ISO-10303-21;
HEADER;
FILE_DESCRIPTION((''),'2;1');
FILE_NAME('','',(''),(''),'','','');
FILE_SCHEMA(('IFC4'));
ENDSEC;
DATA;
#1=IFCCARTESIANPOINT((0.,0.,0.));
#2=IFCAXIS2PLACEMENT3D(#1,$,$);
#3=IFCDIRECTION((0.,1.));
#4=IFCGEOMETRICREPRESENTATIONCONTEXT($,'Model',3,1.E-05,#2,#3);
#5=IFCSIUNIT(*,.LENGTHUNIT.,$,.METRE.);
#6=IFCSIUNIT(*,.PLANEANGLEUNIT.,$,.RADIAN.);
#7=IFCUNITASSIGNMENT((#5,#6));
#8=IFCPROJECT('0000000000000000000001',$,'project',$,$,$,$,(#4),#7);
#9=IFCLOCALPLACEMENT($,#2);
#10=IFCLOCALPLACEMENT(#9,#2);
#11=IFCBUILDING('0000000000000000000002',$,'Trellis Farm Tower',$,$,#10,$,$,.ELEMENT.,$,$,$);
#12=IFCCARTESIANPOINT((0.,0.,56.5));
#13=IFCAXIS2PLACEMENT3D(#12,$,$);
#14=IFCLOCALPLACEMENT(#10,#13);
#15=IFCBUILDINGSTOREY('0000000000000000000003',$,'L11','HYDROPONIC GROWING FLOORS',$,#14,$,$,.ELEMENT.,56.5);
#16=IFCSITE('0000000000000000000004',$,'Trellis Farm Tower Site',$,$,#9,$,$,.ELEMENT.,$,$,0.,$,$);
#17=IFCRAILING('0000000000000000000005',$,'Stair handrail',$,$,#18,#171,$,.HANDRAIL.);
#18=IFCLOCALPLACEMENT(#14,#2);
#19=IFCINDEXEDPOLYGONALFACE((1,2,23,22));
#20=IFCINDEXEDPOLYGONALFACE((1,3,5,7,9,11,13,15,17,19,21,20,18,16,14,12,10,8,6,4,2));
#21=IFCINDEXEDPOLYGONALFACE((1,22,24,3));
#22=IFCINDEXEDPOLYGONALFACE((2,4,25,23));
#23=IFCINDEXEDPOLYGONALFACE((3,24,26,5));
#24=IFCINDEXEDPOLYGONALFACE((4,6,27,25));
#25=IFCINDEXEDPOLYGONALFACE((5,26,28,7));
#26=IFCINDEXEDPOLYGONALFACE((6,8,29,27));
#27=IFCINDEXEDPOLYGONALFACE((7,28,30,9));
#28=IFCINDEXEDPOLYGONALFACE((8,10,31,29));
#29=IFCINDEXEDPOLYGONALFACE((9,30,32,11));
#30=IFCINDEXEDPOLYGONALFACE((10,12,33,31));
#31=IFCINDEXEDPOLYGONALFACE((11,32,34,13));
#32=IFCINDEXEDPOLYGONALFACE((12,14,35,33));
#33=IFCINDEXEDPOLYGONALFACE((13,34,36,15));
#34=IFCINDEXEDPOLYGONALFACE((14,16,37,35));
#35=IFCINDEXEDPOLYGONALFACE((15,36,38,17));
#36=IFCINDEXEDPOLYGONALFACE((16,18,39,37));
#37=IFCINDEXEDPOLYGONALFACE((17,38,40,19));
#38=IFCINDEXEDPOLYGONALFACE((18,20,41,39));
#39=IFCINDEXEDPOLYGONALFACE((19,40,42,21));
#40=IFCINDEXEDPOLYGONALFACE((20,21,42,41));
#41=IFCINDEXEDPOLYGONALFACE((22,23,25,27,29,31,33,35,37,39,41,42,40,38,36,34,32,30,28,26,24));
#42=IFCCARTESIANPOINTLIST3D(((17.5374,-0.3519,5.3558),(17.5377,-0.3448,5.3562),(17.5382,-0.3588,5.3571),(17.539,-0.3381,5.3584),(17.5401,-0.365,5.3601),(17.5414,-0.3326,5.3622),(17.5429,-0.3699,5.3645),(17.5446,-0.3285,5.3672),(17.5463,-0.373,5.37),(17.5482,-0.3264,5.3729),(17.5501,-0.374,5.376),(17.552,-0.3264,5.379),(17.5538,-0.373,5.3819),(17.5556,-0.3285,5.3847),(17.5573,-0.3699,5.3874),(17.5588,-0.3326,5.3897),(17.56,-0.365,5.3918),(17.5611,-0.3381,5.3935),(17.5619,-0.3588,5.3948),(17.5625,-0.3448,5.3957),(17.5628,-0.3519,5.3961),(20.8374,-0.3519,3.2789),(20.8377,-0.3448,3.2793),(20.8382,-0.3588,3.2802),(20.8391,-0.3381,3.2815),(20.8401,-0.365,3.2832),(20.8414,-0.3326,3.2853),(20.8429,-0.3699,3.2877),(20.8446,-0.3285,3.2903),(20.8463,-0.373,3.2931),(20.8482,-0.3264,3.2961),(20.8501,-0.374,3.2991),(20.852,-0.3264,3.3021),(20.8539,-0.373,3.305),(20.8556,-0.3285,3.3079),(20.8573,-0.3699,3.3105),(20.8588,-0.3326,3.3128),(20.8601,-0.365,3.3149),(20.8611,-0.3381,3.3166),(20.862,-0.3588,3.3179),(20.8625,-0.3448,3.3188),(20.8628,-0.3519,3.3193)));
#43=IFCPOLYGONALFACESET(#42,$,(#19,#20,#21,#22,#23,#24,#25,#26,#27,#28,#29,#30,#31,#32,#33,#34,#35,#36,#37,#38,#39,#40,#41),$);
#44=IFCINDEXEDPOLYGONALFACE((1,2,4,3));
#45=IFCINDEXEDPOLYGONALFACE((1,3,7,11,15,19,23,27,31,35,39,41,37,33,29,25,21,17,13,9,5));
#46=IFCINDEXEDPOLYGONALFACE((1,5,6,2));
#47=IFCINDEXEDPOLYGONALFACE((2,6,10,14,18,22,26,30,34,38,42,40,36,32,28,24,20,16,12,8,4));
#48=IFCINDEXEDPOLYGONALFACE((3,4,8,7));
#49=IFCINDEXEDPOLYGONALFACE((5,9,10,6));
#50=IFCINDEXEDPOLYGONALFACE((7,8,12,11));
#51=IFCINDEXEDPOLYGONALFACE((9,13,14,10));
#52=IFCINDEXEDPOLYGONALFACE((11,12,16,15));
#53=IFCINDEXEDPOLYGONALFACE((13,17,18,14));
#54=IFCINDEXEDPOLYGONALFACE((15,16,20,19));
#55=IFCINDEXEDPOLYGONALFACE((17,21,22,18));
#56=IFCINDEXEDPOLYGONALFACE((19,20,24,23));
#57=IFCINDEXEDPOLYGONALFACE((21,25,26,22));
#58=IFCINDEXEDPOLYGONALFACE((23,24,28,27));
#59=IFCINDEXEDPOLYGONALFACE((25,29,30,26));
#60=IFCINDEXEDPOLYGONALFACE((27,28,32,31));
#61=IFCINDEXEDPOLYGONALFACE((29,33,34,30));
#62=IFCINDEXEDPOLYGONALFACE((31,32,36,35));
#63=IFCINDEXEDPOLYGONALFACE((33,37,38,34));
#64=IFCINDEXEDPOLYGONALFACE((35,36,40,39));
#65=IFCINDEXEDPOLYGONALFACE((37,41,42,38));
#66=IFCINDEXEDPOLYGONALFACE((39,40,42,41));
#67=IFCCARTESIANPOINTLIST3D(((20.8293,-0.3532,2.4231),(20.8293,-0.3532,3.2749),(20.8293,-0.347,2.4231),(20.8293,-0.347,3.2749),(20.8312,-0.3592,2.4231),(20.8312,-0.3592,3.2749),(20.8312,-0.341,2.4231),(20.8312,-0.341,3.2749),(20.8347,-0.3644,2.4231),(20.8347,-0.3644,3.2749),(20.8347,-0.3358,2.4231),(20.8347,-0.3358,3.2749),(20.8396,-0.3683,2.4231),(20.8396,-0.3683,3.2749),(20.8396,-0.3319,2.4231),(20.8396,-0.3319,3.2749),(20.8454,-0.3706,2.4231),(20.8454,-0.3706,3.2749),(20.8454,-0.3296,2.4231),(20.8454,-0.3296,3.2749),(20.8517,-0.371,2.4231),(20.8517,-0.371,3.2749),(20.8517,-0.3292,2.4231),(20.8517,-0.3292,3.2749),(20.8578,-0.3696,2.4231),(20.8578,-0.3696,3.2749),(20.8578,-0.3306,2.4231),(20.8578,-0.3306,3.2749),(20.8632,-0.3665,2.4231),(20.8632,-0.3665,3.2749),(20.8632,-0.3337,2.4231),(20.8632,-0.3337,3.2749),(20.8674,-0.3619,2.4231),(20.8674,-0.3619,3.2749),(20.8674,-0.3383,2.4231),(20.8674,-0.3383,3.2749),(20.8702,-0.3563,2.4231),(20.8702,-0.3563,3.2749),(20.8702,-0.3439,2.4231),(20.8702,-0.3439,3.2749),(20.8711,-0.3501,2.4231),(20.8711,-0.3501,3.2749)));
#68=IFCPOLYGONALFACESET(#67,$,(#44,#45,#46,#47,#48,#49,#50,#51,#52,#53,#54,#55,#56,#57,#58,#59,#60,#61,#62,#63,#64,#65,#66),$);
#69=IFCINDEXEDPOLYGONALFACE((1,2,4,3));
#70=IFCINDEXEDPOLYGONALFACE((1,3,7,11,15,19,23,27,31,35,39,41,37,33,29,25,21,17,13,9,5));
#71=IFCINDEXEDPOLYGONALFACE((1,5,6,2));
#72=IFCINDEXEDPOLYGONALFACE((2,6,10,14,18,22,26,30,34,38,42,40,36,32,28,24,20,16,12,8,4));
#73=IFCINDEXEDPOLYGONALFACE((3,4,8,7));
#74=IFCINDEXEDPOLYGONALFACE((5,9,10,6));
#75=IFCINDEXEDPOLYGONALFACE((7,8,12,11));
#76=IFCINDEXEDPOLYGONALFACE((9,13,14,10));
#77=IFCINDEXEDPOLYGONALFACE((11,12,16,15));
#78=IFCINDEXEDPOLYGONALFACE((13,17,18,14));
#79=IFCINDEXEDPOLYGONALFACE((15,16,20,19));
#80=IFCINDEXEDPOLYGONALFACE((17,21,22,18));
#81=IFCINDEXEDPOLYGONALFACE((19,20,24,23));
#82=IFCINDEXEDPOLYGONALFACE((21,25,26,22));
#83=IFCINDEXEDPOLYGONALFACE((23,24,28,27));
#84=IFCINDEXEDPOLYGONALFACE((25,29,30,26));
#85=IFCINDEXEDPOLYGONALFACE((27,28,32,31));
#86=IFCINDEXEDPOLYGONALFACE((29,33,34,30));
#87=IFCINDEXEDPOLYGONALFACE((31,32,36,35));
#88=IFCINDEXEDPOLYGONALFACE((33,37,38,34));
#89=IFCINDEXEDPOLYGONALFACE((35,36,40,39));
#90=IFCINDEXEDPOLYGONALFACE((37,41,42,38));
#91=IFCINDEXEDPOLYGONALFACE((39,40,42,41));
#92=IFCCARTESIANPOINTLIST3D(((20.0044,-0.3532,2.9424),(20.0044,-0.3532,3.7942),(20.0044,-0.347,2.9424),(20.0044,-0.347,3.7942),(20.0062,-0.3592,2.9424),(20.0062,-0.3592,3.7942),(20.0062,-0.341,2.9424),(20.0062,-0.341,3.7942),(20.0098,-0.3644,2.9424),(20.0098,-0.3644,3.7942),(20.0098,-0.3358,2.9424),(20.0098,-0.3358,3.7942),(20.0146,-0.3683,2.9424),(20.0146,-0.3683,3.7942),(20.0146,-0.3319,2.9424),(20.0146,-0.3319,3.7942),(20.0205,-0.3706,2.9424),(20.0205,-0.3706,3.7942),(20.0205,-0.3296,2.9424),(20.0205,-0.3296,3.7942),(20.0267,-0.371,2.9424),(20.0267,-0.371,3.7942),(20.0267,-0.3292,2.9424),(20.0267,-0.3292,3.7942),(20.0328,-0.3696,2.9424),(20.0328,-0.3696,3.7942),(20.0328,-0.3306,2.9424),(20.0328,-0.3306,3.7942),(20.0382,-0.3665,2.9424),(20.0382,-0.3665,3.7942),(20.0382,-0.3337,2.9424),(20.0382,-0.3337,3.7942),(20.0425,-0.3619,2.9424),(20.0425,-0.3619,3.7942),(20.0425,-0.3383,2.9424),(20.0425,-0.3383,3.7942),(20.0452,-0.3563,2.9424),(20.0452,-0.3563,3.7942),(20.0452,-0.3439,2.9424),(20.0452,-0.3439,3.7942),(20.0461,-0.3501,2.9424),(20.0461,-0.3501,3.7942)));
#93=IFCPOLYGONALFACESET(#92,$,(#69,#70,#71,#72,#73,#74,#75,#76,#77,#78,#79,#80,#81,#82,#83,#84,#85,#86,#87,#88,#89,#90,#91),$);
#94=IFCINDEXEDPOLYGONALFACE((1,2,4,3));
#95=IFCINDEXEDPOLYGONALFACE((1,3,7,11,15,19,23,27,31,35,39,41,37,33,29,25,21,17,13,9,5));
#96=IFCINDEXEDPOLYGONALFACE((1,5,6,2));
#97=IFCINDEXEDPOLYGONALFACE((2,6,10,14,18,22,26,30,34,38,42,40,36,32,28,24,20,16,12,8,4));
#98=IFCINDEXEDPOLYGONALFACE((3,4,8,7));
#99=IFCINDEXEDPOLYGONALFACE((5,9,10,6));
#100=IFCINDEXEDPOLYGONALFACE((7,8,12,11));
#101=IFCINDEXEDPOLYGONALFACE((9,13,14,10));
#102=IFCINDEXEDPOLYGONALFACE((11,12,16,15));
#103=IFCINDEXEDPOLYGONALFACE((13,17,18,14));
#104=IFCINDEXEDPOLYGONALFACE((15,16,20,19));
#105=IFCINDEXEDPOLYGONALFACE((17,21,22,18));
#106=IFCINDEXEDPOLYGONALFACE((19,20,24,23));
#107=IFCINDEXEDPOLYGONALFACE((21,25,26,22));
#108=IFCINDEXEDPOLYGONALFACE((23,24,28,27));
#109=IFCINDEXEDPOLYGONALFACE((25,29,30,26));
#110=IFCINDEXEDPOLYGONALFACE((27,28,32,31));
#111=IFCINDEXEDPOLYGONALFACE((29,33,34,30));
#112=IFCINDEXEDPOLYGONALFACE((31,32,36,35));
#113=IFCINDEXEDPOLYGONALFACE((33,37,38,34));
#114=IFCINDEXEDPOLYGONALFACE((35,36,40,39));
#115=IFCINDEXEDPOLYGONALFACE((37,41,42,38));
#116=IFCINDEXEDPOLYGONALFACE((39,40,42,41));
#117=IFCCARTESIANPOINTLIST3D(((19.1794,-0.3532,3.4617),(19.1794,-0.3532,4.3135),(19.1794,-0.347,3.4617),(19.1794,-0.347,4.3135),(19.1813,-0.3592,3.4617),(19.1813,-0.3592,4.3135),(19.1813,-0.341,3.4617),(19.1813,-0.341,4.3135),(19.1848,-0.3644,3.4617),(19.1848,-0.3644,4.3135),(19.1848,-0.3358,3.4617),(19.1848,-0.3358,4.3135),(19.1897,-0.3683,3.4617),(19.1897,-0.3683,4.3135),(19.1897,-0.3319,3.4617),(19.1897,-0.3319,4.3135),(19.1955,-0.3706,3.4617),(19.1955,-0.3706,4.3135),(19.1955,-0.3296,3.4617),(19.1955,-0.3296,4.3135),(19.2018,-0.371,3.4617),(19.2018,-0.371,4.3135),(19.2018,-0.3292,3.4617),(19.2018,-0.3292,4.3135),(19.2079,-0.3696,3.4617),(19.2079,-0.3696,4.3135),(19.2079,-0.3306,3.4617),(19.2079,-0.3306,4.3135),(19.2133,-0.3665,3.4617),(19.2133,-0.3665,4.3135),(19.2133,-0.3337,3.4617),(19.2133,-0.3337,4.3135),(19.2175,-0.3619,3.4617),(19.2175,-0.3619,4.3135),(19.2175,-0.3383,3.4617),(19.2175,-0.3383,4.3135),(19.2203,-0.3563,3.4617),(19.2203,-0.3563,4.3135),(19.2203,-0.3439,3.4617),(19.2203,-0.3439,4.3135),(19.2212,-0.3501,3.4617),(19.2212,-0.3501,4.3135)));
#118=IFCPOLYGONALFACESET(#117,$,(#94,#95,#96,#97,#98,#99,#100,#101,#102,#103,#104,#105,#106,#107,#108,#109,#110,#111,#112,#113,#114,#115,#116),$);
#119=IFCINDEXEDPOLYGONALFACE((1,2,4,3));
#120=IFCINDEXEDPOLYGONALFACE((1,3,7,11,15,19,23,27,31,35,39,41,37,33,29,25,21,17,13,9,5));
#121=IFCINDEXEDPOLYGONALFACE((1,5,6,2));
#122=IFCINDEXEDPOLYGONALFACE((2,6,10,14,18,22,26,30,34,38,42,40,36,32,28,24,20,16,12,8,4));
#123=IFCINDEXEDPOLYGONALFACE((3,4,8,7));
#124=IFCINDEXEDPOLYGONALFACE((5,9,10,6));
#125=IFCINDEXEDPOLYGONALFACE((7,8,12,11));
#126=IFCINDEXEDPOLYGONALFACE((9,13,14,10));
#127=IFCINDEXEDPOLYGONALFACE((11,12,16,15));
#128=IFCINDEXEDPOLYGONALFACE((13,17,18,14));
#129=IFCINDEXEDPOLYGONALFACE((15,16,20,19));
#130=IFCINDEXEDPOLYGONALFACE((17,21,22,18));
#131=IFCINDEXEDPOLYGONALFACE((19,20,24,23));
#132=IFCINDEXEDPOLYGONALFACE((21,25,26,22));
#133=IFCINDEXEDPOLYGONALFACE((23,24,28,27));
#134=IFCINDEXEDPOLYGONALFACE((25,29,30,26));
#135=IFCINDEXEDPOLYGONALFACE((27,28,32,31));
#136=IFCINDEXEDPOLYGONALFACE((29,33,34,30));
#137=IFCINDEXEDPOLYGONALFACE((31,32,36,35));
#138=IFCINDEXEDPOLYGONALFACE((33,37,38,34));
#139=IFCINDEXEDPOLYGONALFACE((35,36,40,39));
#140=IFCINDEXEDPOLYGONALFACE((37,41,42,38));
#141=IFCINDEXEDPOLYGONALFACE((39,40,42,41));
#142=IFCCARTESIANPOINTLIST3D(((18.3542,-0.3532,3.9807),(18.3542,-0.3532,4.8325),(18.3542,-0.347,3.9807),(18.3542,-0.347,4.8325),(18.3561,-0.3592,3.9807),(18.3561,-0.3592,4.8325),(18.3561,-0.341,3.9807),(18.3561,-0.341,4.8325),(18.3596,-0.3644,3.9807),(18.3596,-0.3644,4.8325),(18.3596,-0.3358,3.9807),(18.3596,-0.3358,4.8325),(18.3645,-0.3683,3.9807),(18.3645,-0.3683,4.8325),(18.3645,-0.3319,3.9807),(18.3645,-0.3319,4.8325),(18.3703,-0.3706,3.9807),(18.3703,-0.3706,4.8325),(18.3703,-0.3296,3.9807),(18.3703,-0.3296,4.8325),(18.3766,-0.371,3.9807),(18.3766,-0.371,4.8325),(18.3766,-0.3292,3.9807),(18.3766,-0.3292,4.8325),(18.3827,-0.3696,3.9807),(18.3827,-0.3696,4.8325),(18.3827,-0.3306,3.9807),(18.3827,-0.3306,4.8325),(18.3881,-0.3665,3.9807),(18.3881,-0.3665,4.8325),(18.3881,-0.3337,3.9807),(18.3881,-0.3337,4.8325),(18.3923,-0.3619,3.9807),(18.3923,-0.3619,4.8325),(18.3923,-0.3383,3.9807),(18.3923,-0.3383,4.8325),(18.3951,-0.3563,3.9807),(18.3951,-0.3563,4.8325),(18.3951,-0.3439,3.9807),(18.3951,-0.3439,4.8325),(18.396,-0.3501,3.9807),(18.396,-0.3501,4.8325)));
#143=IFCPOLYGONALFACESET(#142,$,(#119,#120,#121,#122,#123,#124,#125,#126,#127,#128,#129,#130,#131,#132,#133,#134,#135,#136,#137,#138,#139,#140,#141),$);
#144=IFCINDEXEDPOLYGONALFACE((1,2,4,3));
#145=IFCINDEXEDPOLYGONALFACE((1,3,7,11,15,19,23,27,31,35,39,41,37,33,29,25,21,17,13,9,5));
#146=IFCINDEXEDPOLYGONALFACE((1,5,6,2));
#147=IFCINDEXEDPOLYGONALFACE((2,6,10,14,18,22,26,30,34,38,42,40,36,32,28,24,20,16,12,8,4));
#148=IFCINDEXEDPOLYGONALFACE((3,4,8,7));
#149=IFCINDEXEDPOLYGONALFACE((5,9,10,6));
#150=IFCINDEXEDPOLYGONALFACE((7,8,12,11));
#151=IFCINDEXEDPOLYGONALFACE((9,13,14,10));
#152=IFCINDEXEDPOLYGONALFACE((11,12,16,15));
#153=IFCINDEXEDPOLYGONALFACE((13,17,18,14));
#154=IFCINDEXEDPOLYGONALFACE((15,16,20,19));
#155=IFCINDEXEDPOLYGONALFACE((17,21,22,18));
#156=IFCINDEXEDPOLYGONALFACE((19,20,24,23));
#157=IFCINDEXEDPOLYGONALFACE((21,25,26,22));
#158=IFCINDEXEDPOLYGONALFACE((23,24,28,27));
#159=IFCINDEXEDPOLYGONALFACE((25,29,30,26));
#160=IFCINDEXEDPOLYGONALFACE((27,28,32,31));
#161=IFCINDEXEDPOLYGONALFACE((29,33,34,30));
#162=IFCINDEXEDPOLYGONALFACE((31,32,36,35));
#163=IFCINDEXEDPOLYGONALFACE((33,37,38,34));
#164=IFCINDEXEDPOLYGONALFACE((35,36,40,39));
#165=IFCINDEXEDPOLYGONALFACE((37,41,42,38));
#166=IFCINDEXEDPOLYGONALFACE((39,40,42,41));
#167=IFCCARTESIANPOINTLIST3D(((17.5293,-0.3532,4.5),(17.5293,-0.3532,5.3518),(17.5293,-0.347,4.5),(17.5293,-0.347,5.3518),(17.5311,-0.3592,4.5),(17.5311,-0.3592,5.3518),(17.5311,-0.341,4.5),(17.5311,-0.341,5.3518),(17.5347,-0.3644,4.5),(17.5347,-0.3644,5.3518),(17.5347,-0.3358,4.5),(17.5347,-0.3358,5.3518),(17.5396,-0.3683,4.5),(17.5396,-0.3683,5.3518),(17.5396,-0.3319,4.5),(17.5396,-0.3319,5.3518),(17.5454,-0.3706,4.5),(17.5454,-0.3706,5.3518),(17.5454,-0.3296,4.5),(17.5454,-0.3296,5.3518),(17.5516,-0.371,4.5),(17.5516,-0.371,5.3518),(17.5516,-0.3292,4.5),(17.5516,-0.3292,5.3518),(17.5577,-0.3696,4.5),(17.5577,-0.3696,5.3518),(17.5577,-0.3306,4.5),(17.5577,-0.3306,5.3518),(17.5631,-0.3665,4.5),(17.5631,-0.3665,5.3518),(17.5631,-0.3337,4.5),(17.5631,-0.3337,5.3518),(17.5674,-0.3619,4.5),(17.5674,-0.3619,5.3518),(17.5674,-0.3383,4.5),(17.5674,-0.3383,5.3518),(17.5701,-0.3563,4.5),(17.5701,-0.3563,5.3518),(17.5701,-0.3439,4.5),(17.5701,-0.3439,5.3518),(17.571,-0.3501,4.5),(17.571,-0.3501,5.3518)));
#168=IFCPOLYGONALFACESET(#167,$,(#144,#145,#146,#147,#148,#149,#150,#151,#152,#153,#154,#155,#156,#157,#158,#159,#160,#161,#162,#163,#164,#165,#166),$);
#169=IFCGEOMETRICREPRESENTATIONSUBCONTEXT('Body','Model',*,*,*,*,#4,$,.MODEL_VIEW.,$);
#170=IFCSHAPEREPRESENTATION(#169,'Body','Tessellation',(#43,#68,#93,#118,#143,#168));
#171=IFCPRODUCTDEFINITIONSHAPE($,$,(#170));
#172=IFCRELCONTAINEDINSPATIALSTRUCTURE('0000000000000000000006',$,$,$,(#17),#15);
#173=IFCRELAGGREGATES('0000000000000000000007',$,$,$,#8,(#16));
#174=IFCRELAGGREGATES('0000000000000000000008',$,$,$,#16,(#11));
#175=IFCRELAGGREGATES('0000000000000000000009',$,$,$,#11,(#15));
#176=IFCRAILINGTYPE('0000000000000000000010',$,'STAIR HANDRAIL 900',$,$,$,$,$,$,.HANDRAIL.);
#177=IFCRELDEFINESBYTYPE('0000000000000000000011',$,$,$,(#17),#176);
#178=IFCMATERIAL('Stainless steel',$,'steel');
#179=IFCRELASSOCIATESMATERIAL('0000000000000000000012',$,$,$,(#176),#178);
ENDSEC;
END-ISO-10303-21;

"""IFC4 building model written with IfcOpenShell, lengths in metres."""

from ifc_helpers import new_model, si_unit, direction, frame, origin, origin_2d, place, context, subcontext, project, spatial, circle, extrude, source, transform, mapped, material, type_object, element, save


model = new_model("IFC4")

# Units and contexts
model_context = context("Model", 3, precision=1e-05, world=origin(), true_north=direction((0.0, 1.0)))
body_context = subcontext(model_context, "Body", "Model", "MODEL_VIEW")
ifc_project = project(units=[si_unit("LENGTHUNIT", "METRE"), si_unit("PLANEANGLEUNIT", "RADIAN")], contexts=[model_context])

# Site, building, storey
site_placement = place(None, origin())
site = spatial("IfcSite", under=ifc_project, at=site_placement, Name="Trellis Farm Tower Site", CompositionType="ELEMENT", RefElevation=0.0)
building_placement = place(site_placement, origin())
building = spatial("IfcBuilding", under=site, at=building_placement, Name="Trellis Farm Tower", CompositionType="ELEMENT")
storey_placement = place(building_placement, frame((0.0, 0.0, 56.5)))
storey = spatial("IfcBuildingStorey", under=building, at=storey_placement, Name="L11", Description="HYDROPONIC GROWING FLOORS", CompositionType="ELEMENT", Elevation=56.5)

# Shared definitions
ifc_material_1 = material(Name="Stainless steel", Category="steel")

# Railing
railing_type = type_object("IfcRailingType", Name="STAIR HANDRAIL 900", PredefinedType="HANDRAIL", material=ifc_material_1)
shared_shape_1 = source(origin(), body_context, "Body", "SweptSolid", [
    extrude(circle(Radius=0.0239, at=origin_2d()), frame((0.0, 0.0, 0.876), z_axis=(-0.846337, 0.0, 0.532647), x_axis=(0.0, -1.0, 0.0)), (0.0, 0.0, 1.0), 3.8992),
    extrude(circle(Radius=0.021, at=origin_2d()), origin(), (0.0, 0.0, 1.0), 0.8518),
    extrude(circle(Radius=0.021, at=origin_2d()), frame((-0.825, 0.0, 0.5193)), (0.0, 0.0, 1.0), 0.8518),
    extrude(circle(Radius=0.021, at=origin_2d()), frame((-1.6499, 0.0, 1.0386)), (0.0, 0.0, 1.0), 0.8518),
    extrude(circle(Radius=0.021, at=origin_2d()), frame((-2.4751, 0.0, 1.5576)), (0.0, 0.0, 1.0), 0.8518),
    extrude(circle(Radius=0.021, at=origin_2d()), frame((-3.3, 0.0, 2.0769)), (0.0, 0.0, 1.0), 0.8518),
])
for number, where, name in (
    (1, (20.8501, -0.3501, 2.4231), "Stair handrail"),
):
    element("IfcRailing", number, at=place(storey_placement, frame(where)), inside=storey, type_object=railing_type, Name=name, PredefinedType="HANDRAIL", context=body_context, shape_type="MappedRepresentation", body=[
        mapped(shared_shape_1, transform((0.0, 0.0, 0.0))),
    ])

save(model, "model.ifc")
